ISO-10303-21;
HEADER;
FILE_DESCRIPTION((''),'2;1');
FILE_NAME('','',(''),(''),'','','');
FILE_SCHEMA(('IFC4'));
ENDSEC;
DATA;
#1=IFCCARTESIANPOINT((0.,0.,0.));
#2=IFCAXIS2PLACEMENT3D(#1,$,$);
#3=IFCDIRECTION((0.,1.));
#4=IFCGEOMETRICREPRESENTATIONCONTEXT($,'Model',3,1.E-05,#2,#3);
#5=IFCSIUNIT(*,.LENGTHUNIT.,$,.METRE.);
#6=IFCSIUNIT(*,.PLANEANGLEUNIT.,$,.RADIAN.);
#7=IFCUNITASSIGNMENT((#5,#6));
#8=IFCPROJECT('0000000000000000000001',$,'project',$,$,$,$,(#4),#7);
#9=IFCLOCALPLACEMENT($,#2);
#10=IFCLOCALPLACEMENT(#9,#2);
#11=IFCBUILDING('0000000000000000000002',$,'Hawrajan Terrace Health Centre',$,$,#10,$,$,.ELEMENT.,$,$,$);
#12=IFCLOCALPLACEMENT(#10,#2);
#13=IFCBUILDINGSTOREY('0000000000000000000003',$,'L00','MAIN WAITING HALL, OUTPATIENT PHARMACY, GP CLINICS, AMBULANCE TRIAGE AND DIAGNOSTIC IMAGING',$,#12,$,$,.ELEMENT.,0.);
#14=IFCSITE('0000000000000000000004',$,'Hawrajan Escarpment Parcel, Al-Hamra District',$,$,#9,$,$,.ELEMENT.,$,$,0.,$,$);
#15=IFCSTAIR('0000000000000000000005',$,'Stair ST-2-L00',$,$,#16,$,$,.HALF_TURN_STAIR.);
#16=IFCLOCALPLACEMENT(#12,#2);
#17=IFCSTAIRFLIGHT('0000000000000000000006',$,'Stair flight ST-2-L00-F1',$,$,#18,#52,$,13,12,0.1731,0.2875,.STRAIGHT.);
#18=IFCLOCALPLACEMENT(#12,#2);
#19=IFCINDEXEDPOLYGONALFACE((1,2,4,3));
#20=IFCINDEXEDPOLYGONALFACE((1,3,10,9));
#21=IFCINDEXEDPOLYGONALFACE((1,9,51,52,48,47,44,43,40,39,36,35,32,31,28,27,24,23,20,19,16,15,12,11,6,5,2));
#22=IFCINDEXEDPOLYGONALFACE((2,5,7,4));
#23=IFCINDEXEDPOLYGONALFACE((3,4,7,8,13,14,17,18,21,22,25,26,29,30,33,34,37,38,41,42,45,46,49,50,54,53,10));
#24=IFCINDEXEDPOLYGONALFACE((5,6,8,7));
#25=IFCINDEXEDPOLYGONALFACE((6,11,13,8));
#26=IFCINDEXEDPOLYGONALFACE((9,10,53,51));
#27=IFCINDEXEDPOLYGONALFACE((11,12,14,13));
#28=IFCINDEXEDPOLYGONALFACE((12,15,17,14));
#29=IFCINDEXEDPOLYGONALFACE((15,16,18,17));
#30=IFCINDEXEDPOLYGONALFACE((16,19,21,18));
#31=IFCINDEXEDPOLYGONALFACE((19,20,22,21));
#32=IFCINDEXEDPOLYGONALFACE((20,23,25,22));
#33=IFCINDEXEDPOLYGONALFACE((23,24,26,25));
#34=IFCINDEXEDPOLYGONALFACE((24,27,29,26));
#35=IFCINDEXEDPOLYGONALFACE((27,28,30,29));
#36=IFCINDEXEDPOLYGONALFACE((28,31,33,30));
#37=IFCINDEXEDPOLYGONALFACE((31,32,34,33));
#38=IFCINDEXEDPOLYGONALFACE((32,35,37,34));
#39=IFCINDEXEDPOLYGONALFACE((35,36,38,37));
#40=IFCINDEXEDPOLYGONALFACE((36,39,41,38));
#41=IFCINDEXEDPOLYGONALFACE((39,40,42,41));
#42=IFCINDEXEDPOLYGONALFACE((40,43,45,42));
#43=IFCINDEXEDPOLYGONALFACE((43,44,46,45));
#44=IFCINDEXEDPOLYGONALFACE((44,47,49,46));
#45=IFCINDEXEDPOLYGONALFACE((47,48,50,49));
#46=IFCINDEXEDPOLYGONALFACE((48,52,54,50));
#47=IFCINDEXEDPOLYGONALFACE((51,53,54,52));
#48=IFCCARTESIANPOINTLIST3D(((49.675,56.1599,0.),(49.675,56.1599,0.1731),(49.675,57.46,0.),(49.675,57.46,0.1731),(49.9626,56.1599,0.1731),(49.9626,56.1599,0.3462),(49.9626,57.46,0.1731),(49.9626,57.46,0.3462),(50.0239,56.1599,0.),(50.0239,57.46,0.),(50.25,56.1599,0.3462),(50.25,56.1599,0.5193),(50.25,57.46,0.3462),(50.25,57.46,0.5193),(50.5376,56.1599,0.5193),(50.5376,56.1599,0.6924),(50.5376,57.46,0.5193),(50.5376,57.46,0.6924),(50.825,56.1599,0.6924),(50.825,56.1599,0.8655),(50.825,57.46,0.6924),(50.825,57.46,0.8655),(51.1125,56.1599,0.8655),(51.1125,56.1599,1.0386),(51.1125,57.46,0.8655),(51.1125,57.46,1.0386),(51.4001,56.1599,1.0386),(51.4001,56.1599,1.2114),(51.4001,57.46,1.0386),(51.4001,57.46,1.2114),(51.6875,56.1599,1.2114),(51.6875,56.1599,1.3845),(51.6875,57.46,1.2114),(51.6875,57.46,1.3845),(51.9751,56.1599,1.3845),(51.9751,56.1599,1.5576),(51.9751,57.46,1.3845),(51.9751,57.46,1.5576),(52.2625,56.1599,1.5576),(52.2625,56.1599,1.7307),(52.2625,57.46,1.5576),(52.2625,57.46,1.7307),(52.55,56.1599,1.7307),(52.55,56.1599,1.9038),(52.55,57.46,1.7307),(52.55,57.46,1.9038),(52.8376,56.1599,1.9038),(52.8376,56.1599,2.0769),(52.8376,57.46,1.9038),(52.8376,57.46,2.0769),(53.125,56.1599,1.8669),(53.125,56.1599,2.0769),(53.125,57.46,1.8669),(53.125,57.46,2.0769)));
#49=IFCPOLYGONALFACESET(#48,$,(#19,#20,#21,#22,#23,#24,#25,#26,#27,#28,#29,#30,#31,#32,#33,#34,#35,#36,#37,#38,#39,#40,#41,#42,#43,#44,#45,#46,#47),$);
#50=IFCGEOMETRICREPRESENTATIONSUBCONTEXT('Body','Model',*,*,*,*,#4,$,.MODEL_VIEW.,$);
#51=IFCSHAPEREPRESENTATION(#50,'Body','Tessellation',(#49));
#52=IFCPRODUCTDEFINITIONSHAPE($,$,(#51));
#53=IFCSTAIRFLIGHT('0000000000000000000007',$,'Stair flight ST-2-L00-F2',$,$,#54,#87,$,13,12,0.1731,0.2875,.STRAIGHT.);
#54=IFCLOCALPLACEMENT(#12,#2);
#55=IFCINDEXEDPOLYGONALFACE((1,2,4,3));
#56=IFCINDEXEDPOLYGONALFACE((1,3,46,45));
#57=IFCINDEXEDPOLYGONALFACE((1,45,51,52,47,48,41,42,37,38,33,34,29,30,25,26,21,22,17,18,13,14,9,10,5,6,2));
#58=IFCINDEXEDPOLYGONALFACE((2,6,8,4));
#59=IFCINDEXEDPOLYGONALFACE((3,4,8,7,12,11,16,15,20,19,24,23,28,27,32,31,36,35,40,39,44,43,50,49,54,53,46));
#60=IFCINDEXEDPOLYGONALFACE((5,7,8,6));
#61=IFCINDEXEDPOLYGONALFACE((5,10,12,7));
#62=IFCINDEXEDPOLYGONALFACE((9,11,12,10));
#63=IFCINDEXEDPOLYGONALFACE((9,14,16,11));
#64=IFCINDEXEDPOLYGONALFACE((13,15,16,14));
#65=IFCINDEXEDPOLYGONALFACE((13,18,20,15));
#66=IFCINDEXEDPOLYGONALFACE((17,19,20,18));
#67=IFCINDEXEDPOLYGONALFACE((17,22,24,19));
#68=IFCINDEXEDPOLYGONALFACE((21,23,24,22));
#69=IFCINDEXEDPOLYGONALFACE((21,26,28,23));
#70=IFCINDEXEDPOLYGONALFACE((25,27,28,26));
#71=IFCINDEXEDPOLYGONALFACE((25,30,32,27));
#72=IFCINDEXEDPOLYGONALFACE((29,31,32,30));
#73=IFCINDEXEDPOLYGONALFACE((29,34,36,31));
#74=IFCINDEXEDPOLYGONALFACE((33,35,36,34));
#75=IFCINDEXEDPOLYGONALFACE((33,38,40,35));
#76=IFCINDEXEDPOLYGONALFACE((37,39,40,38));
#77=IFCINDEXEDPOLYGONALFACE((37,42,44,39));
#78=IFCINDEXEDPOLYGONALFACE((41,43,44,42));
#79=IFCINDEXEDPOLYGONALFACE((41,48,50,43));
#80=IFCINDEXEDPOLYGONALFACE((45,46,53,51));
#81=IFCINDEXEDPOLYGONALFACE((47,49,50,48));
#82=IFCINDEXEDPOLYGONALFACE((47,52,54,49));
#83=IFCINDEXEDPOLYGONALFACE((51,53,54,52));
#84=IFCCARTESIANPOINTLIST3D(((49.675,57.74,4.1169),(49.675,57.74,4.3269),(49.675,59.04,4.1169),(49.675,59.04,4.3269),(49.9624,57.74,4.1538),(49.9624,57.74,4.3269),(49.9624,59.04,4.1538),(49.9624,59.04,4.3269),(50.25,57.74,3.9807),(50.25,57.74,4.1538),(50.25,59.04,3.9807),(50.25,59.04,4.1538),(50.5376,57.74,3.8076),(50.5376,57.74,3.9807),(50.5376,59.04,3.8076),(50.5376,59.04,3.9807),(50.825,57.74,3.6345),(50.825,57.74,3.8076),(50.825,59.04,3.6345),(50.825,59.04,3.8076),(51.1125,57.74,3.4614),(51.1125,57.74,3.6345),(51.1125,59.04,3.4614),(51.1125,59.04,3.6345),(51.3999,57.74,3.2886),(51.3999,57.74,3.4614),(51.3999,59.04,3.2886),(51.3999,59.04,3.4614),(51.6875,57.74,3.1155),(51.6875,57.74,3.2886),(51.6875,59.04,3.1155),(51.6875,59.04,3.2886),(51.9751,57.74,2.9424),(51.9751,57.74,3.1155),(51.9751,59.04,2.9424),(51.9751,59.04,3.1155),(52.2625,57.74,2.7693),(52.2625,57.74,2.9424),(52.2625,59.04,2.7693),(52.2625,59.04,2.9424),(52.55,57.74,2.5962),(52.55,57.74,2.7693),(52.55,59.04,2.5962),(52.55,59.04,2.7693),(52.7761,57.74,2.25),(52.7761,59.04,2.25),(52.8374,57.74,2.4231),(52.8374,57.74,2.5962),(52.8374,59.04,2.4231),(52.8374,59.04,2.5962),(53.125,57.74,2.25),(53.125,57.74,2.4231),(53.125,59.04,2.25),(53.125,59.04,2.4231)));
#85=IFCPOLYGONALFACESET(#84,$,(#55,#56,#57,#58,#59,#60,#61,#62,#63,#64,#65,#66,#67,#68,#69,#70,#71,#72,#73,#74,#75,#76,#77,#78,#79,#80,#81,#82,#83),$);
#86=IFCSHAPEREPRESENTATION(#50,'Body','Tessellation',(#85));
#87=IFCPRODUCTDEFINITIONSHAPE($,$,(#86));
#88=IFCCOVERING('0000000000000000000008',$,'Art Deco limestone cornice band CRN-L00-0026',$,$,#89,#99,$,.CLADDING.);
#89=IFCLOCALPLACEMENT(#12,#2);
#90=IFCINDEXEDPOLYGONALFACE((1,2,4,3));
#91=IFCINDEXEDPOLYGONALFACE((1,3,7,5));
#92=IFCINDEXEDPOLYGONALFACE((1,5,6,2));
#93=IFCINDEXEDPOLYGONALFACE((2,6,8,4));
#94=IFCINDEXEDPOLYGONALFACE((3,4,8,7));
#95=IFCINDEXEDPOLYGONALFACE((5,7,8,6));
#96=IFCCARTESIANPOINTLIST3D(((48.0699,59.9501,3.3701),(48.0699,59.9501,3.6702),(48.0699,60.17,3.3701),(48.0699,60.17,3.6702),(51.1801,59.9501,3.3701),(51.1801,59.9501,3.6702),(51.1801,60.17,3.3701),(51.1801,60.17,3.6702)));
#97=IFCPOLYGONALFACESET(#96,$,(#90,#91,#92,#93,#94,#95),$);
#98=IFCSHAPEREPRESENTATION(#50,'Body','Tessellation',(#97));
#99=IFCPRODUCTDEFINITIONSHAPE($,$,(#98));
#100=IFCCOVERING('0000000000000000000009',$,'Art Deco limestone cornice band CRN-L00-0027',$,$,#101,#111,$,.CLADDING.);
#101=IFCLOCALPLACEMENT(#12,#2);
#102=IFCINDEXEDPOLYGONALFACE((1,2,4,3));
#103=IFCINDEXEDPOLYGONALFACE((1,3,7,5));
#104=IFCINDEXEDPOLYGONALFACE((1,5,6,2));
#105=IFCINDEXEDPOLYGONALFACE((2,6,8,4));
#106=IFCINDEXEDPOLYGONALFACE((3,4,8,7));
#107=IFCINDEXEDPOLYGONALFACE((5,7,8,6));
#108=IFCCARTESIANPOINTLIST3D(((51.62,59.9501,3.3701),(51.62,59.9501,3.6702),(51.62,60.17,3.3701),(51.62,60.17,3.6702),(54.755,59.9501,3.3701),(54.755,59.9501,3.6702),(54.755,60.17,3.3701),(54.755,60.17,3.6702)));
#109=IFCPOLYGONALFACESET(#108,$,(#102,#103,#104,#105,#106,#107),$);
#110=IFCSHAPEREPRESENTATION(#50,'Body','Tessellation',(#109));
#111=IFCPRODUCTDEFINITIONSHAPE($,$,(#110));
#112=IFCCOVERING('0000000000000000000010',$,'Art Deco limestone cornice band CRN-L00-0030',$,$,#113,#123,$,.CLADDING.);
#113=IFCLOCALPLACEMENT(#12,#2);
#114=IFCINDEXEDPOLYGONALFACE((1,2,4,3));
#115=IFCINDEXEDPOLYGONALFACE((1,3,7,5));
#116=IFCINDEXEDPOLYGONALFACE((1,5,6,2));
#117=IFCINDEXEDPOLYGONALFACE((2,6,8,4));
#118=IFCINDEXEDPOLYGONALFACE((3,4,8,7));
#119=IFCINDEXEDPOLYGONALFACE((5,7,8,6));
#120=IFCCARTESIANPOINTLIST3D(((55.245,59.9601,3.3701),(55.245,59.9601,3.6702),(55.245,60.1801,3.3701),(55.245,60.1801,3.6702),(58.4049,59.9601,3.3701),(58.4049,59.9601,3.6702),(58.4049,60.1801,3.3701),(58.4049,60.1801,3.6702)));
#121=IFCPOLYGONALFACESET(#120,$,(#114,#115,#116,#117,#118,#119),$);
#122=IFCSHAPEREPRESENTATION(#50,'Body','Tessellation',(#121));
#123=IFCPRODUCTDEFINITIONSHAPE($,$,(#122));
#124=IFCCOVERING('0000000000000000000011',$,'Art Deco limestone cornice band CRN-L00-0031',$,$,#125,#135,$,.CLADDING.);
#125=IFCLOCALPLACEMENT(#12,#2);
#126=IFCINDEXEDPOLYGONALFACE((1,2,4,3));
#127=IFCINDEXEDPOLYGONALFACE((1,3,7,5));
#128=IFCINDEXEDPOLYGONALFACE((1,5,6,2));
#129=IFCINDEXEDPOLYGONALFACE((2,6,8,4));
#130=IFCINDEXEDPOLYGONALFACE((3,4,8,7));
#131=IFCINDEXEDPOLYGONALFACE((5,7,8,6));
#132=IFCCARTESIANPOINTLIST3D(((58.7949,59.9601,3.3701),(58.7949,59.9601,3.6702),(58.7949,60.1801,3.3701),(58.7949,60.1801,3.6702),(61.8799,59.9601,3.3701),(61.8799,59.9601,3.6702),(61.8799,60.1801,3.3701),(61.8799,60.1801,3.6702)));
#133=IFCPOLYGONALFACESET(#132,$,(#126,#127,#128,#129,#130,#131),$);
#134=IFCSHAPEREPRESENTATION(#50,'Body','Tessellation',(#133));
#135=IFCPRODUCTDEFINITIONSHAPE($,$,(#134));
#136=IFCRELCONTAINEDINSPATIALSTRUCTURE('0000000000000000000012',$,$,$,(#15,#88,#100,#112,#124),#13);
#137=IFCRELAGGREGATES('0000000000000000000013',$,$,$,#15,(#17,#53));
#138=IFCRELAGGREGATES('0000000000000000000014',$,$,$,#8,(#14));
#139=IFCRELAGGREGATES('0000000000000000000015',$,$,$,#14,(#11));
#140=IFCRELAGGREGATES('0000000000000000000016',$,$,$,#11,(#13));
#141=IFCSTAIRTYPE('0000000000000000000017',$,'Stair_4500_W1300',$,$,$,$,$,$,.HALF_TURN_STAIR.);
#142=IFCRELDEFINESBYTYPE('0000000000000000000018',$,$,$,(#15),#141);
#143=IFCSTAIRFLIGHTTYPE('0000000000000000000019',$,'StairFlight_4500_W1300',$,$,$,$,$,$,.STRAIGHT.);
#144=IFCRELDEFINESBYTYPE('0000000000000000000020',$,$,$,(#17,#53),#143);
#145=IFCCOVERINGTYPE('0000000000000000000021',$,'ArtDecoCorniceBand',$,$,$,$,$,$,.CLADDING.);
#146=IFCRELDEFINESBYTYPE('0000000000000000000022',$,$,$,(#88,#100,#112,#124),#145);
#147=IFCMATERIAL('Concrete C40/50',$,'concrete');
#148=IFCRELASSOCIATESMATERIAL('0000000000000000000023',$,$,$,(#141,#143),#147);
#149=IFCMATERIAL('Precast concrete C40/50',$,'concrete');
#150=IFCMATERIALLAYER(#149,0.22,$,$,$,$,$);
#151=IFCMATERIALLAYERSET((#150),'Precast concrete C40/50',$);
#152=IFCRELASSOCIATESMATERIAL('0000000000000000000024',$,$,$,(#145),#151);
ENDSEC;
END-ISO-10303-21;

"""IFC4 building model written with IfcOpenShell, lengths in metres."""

from ifc_helpers import new_model, si_unit, direction, frame, origin, origin_2d, place, context, subcontext, project, spatial, polyline, rectangle, outline, extrude, material, layer, layer_set, type_object, element, aggregate, save


model = new_model("IFC4")

# Units and contexts
model_context = context("Model", 3, precision=1e-05, world=origin(), true_north=direction((0.0, 1.0)))
body_context = subcontext(model_context, "Body", "Model", "MODEL_VIEW")
ifc_project = project(units=[si_unit("LENGTHUNIT", "METRE"), si_unit("PLANEANGLEUNIT", "RADIAN")], contexts=[model_context])

# Site, building, storey
site_placement = place(None, origin())
site = spatial("IfcSite", under=ifc_project, at=site_placement, Name="Hawrajan Escarpment Parcel, Al-Hamra District", CompositionType="ELEMENT", RefElevation=0.0)
building_placement = place(site_placement, origin())
building = spatial("IfcBuilding", under=site, at=building_placement, Name="Hawrajan Terrace Health Centre", CompositionType="ELEMENT")
storey_placement = place(building_placement, origin())
storey = spatial("IfcBuildingStorey", under=building, at=storey_placement, Name="L00", Description="MAIN WAITING HALL, OUTPATIENT PHARMACY, GP CLINICS, AMBULANCE TRIAGE AND DIAGNOSTIC IMAGING", CompositionType="ELEMENT", Elevation=0.0)

# Shared definitions
ifc_material_1 = material(Name="Concrete C40/50", Category="concrete")

# Shared definitions
ifc_material_2 = material(Name="Precast concrete C40/50", Category="concrete")

# Stair, stair flights
stair_type = type_object("IfcStairType", Name="Stair_4500_W1300", PredefinedType="HALF_TURN_STAIR", material=ifc_material_1)
stair_placement = place(storey_placement, origin())
stair = element("IfcStair", 1, at=stair_placement, inside=storey, type_object=stair_type, Name="Stair ST-2-L00", PredefinedType="HALF_TURN_STAIR")
stair_flight_type = type_object("IfcStairFlightType", Name="StairFlight_4500_W1300", PredefinedType="STRAIGHT", material=ifc_material_1)
stair_flight_1_placement = place(storey_placement, frame((49.675, 56.8101, 0.0), z_axis=(0.0, 0.0, 1.0), x_axis=(1.0, 0.0, 0.0)))
stair_flight_1 = element("IfcStairFlight", 2, at=stair_flight_1_placement, type_object=stair_flight_type, Name="Stair flight ST-2-L00-F1", NumberOfRisers=13, NumberOfTreads=12, PredefinedType="STRAIGHT", RiserHeight=0.1731, TreadLength=0.2875, context=body_context, shape_type="SweptSolid", body=[
    extrude(outline(polyline([(0.0, 0.0), (0.0, 0.1731), (0.2876, 0.1731), (0.2876, 0.3462), (0.575, 0.3462), (0.575, 0.5193), (0.8625, 0.5193), (0.8625, 0.6924), (1.1499, 0.6924), (1.1499, 0.8655), (1.4375, 0.8655), (1.4375, 1.0386), (1.7251, 1.0386), (1.7251, 1.2114), (2.0125, 1.2114), (2.0125, 1.3845), (2.3, 1.3845), (2.3, 1.5576), (2.5874, 1.5576), (2.5874, 1.7307), (2.875, 1.7307), (2.875, 1.9038), (3.1626, 1.9038), (3.1626, 2.0769), (3.45, 2.0769), (3.45, 2.25), (3.45, 1.8669), (0.3489, 0.0), (0.0, 0.0)])), frame((0.0, 0.6499, 0.0), z_axis=(0.0, -1.0, 0.0), x_axis=(1.0, 0.0, 0.0)), (0.0, 0.0, 1.0), 1.3),
])
stair_flight_2_placement = place(storey_placement, frame((53.125, 58.3899, 2.25), z_axis=(0.0, 0.0, 1.0), x_axis=(-1.0, 0.0, 0.0)))
stair_flight_2 = element("IfcStairFlight", 3, at=stair_flight_2_placement, type_object=stair_flight_type, Name="Stair flight ST-2-L00-F2", NumberOfRisers=13, NumberOfTreads=12, PredefinedType="STRAIGHT", RiserHeight=0.1731, TreadLength=0.2875, context=body_context, shape_type="SweptSolid", body=[
    extrude(outline(polyline([(0.0, 0.0), (0.0, 0.1731), (0.2876, 0.1731), (0.2876, 0.3462), (0.575, 0.3462), (0.575, 0.5193), (0.8625, 0.5193), (0.8625, 0.6924), (1.1499, 0.6924), (1.1499, 0.8655), (1.4375, 0.8655), (1.4375, 1.0386), (1.7251, 1.0386), (1.7251, 1.2114), (2.0125, 1.2114), (2.0125, 1.3845), (2.3, 1.3845), (2.3, 1.5576), (2.5874, 1.5576), (2.5874, 1.7307), (2.875, 1.7307), (2.875, 1.9038), (3.1626, 1.9038), (3.1626, 2.0769), (3.45, 2.0769), (3.45, 2.25), (3.45, 1.8669), (0.3489, 0.0), (0.0, 0.0)])), frame((0.0, 0.6499, 0.0), z_axis=(0.0, -1.0, 0.0), x_axis=(1.0, 0.0, 0.0)), (0.0, 0.0, 1.0), 1.3),
])
aggregate(stair, [stair_flight_1, stair_flight_2])

# Coverings
ifc_layer_1 = layer(ifc_material_2, 0.22)
ifc_layer_set_1 = layer_set([ifc_layer_1], Name="Precast concrete C40/50")
covering_type = type_object("IfcCoveringType", Name="ArtDecoCorniceBand", PredefinedType="CLADDING", material=ifc_layer_set_1)
covering_1_placement = place(storey_placement, frame((49.625, 60.0601, 3.3701), z_axis=(0.0, 0.0, 1.0), x_axis=(1.0, 0.0, 0.0)))
element("IfcCovering", 4, at=covering_1_placement, inside=storey, type_object=covering_type, Name="Art Deco limestone cornice band CRN-L00-0026", PredefinedType="CLADDING", context=body_context, shape_type="SweptSolid", body=[
    extrude(rectangle(XDim=3.1101, YDim=0.22, at=origin_2d()), origin(), (0.0, 0.0, 1.0), 0.3),
])
covering_2_placement = place(storey_placement, frame((53.1875, 60.0601, 3.3701), z_axis=(0.0, 0.0, 1.0), x_axis=(1.0, 0.0, 0.0)))
element("IfcCovering", 5, at=covering_2_placement, inside=storey, type_object=covering_type, Name="Art Deco limestone cornice band CRN-L00-0027", PredefinedType="CLADDING", context=body_context, shape_type="SweptSolid", body=[
    extrude(rectangle(XDim=3.135, YDim=0.22, at=origin_2d()), origin(), (0.0, 0.0, 1.0), 0.3),
])
covering_3_placement = place(storey_placement, frame((56.825, 60.0701, 3.3701), z_axis=(0.0, 0.0, 1.0), x_axis=(1.0, 0.0, 0.0)))
element("IfcCovering", 6, at=covering_3_placement, inside=storey, type_object=covering_type, Name="Art Deco limestone cornice band CRN-L00-0030", PredefinedType="CLADDING", context=body_context, shape_type="SweptSolid", body=[
    extrude(rectangle(XDim=3.1599, YDim=0.22, at=origin_2d()), origin(), (0.0, 0.0, 1.0), 0.3),
])
covering_4_placement = place(storey_placement, frame((60.3374, 60.0701, 3.3701), z_axis=(0.0, 0.0, 1.0), x_axis=(1.0, 0.0, 0.0)))
element("IfcCovering", 7, at=covering_4_placement, inside=storey, type_object=covering_type, Name="Art Deco limestone cornice band CRN-L00-0031", PredefinedType="CLADDING", context=body_context, shape_type="SweptSolid", body=[
    extrude(rectangle(XDim=3.085, YDim=0.22, at=origin_2d()), origin(), (0.0, 0.0, 1.0), 0.3),
])

save(model, "model.ifc")
